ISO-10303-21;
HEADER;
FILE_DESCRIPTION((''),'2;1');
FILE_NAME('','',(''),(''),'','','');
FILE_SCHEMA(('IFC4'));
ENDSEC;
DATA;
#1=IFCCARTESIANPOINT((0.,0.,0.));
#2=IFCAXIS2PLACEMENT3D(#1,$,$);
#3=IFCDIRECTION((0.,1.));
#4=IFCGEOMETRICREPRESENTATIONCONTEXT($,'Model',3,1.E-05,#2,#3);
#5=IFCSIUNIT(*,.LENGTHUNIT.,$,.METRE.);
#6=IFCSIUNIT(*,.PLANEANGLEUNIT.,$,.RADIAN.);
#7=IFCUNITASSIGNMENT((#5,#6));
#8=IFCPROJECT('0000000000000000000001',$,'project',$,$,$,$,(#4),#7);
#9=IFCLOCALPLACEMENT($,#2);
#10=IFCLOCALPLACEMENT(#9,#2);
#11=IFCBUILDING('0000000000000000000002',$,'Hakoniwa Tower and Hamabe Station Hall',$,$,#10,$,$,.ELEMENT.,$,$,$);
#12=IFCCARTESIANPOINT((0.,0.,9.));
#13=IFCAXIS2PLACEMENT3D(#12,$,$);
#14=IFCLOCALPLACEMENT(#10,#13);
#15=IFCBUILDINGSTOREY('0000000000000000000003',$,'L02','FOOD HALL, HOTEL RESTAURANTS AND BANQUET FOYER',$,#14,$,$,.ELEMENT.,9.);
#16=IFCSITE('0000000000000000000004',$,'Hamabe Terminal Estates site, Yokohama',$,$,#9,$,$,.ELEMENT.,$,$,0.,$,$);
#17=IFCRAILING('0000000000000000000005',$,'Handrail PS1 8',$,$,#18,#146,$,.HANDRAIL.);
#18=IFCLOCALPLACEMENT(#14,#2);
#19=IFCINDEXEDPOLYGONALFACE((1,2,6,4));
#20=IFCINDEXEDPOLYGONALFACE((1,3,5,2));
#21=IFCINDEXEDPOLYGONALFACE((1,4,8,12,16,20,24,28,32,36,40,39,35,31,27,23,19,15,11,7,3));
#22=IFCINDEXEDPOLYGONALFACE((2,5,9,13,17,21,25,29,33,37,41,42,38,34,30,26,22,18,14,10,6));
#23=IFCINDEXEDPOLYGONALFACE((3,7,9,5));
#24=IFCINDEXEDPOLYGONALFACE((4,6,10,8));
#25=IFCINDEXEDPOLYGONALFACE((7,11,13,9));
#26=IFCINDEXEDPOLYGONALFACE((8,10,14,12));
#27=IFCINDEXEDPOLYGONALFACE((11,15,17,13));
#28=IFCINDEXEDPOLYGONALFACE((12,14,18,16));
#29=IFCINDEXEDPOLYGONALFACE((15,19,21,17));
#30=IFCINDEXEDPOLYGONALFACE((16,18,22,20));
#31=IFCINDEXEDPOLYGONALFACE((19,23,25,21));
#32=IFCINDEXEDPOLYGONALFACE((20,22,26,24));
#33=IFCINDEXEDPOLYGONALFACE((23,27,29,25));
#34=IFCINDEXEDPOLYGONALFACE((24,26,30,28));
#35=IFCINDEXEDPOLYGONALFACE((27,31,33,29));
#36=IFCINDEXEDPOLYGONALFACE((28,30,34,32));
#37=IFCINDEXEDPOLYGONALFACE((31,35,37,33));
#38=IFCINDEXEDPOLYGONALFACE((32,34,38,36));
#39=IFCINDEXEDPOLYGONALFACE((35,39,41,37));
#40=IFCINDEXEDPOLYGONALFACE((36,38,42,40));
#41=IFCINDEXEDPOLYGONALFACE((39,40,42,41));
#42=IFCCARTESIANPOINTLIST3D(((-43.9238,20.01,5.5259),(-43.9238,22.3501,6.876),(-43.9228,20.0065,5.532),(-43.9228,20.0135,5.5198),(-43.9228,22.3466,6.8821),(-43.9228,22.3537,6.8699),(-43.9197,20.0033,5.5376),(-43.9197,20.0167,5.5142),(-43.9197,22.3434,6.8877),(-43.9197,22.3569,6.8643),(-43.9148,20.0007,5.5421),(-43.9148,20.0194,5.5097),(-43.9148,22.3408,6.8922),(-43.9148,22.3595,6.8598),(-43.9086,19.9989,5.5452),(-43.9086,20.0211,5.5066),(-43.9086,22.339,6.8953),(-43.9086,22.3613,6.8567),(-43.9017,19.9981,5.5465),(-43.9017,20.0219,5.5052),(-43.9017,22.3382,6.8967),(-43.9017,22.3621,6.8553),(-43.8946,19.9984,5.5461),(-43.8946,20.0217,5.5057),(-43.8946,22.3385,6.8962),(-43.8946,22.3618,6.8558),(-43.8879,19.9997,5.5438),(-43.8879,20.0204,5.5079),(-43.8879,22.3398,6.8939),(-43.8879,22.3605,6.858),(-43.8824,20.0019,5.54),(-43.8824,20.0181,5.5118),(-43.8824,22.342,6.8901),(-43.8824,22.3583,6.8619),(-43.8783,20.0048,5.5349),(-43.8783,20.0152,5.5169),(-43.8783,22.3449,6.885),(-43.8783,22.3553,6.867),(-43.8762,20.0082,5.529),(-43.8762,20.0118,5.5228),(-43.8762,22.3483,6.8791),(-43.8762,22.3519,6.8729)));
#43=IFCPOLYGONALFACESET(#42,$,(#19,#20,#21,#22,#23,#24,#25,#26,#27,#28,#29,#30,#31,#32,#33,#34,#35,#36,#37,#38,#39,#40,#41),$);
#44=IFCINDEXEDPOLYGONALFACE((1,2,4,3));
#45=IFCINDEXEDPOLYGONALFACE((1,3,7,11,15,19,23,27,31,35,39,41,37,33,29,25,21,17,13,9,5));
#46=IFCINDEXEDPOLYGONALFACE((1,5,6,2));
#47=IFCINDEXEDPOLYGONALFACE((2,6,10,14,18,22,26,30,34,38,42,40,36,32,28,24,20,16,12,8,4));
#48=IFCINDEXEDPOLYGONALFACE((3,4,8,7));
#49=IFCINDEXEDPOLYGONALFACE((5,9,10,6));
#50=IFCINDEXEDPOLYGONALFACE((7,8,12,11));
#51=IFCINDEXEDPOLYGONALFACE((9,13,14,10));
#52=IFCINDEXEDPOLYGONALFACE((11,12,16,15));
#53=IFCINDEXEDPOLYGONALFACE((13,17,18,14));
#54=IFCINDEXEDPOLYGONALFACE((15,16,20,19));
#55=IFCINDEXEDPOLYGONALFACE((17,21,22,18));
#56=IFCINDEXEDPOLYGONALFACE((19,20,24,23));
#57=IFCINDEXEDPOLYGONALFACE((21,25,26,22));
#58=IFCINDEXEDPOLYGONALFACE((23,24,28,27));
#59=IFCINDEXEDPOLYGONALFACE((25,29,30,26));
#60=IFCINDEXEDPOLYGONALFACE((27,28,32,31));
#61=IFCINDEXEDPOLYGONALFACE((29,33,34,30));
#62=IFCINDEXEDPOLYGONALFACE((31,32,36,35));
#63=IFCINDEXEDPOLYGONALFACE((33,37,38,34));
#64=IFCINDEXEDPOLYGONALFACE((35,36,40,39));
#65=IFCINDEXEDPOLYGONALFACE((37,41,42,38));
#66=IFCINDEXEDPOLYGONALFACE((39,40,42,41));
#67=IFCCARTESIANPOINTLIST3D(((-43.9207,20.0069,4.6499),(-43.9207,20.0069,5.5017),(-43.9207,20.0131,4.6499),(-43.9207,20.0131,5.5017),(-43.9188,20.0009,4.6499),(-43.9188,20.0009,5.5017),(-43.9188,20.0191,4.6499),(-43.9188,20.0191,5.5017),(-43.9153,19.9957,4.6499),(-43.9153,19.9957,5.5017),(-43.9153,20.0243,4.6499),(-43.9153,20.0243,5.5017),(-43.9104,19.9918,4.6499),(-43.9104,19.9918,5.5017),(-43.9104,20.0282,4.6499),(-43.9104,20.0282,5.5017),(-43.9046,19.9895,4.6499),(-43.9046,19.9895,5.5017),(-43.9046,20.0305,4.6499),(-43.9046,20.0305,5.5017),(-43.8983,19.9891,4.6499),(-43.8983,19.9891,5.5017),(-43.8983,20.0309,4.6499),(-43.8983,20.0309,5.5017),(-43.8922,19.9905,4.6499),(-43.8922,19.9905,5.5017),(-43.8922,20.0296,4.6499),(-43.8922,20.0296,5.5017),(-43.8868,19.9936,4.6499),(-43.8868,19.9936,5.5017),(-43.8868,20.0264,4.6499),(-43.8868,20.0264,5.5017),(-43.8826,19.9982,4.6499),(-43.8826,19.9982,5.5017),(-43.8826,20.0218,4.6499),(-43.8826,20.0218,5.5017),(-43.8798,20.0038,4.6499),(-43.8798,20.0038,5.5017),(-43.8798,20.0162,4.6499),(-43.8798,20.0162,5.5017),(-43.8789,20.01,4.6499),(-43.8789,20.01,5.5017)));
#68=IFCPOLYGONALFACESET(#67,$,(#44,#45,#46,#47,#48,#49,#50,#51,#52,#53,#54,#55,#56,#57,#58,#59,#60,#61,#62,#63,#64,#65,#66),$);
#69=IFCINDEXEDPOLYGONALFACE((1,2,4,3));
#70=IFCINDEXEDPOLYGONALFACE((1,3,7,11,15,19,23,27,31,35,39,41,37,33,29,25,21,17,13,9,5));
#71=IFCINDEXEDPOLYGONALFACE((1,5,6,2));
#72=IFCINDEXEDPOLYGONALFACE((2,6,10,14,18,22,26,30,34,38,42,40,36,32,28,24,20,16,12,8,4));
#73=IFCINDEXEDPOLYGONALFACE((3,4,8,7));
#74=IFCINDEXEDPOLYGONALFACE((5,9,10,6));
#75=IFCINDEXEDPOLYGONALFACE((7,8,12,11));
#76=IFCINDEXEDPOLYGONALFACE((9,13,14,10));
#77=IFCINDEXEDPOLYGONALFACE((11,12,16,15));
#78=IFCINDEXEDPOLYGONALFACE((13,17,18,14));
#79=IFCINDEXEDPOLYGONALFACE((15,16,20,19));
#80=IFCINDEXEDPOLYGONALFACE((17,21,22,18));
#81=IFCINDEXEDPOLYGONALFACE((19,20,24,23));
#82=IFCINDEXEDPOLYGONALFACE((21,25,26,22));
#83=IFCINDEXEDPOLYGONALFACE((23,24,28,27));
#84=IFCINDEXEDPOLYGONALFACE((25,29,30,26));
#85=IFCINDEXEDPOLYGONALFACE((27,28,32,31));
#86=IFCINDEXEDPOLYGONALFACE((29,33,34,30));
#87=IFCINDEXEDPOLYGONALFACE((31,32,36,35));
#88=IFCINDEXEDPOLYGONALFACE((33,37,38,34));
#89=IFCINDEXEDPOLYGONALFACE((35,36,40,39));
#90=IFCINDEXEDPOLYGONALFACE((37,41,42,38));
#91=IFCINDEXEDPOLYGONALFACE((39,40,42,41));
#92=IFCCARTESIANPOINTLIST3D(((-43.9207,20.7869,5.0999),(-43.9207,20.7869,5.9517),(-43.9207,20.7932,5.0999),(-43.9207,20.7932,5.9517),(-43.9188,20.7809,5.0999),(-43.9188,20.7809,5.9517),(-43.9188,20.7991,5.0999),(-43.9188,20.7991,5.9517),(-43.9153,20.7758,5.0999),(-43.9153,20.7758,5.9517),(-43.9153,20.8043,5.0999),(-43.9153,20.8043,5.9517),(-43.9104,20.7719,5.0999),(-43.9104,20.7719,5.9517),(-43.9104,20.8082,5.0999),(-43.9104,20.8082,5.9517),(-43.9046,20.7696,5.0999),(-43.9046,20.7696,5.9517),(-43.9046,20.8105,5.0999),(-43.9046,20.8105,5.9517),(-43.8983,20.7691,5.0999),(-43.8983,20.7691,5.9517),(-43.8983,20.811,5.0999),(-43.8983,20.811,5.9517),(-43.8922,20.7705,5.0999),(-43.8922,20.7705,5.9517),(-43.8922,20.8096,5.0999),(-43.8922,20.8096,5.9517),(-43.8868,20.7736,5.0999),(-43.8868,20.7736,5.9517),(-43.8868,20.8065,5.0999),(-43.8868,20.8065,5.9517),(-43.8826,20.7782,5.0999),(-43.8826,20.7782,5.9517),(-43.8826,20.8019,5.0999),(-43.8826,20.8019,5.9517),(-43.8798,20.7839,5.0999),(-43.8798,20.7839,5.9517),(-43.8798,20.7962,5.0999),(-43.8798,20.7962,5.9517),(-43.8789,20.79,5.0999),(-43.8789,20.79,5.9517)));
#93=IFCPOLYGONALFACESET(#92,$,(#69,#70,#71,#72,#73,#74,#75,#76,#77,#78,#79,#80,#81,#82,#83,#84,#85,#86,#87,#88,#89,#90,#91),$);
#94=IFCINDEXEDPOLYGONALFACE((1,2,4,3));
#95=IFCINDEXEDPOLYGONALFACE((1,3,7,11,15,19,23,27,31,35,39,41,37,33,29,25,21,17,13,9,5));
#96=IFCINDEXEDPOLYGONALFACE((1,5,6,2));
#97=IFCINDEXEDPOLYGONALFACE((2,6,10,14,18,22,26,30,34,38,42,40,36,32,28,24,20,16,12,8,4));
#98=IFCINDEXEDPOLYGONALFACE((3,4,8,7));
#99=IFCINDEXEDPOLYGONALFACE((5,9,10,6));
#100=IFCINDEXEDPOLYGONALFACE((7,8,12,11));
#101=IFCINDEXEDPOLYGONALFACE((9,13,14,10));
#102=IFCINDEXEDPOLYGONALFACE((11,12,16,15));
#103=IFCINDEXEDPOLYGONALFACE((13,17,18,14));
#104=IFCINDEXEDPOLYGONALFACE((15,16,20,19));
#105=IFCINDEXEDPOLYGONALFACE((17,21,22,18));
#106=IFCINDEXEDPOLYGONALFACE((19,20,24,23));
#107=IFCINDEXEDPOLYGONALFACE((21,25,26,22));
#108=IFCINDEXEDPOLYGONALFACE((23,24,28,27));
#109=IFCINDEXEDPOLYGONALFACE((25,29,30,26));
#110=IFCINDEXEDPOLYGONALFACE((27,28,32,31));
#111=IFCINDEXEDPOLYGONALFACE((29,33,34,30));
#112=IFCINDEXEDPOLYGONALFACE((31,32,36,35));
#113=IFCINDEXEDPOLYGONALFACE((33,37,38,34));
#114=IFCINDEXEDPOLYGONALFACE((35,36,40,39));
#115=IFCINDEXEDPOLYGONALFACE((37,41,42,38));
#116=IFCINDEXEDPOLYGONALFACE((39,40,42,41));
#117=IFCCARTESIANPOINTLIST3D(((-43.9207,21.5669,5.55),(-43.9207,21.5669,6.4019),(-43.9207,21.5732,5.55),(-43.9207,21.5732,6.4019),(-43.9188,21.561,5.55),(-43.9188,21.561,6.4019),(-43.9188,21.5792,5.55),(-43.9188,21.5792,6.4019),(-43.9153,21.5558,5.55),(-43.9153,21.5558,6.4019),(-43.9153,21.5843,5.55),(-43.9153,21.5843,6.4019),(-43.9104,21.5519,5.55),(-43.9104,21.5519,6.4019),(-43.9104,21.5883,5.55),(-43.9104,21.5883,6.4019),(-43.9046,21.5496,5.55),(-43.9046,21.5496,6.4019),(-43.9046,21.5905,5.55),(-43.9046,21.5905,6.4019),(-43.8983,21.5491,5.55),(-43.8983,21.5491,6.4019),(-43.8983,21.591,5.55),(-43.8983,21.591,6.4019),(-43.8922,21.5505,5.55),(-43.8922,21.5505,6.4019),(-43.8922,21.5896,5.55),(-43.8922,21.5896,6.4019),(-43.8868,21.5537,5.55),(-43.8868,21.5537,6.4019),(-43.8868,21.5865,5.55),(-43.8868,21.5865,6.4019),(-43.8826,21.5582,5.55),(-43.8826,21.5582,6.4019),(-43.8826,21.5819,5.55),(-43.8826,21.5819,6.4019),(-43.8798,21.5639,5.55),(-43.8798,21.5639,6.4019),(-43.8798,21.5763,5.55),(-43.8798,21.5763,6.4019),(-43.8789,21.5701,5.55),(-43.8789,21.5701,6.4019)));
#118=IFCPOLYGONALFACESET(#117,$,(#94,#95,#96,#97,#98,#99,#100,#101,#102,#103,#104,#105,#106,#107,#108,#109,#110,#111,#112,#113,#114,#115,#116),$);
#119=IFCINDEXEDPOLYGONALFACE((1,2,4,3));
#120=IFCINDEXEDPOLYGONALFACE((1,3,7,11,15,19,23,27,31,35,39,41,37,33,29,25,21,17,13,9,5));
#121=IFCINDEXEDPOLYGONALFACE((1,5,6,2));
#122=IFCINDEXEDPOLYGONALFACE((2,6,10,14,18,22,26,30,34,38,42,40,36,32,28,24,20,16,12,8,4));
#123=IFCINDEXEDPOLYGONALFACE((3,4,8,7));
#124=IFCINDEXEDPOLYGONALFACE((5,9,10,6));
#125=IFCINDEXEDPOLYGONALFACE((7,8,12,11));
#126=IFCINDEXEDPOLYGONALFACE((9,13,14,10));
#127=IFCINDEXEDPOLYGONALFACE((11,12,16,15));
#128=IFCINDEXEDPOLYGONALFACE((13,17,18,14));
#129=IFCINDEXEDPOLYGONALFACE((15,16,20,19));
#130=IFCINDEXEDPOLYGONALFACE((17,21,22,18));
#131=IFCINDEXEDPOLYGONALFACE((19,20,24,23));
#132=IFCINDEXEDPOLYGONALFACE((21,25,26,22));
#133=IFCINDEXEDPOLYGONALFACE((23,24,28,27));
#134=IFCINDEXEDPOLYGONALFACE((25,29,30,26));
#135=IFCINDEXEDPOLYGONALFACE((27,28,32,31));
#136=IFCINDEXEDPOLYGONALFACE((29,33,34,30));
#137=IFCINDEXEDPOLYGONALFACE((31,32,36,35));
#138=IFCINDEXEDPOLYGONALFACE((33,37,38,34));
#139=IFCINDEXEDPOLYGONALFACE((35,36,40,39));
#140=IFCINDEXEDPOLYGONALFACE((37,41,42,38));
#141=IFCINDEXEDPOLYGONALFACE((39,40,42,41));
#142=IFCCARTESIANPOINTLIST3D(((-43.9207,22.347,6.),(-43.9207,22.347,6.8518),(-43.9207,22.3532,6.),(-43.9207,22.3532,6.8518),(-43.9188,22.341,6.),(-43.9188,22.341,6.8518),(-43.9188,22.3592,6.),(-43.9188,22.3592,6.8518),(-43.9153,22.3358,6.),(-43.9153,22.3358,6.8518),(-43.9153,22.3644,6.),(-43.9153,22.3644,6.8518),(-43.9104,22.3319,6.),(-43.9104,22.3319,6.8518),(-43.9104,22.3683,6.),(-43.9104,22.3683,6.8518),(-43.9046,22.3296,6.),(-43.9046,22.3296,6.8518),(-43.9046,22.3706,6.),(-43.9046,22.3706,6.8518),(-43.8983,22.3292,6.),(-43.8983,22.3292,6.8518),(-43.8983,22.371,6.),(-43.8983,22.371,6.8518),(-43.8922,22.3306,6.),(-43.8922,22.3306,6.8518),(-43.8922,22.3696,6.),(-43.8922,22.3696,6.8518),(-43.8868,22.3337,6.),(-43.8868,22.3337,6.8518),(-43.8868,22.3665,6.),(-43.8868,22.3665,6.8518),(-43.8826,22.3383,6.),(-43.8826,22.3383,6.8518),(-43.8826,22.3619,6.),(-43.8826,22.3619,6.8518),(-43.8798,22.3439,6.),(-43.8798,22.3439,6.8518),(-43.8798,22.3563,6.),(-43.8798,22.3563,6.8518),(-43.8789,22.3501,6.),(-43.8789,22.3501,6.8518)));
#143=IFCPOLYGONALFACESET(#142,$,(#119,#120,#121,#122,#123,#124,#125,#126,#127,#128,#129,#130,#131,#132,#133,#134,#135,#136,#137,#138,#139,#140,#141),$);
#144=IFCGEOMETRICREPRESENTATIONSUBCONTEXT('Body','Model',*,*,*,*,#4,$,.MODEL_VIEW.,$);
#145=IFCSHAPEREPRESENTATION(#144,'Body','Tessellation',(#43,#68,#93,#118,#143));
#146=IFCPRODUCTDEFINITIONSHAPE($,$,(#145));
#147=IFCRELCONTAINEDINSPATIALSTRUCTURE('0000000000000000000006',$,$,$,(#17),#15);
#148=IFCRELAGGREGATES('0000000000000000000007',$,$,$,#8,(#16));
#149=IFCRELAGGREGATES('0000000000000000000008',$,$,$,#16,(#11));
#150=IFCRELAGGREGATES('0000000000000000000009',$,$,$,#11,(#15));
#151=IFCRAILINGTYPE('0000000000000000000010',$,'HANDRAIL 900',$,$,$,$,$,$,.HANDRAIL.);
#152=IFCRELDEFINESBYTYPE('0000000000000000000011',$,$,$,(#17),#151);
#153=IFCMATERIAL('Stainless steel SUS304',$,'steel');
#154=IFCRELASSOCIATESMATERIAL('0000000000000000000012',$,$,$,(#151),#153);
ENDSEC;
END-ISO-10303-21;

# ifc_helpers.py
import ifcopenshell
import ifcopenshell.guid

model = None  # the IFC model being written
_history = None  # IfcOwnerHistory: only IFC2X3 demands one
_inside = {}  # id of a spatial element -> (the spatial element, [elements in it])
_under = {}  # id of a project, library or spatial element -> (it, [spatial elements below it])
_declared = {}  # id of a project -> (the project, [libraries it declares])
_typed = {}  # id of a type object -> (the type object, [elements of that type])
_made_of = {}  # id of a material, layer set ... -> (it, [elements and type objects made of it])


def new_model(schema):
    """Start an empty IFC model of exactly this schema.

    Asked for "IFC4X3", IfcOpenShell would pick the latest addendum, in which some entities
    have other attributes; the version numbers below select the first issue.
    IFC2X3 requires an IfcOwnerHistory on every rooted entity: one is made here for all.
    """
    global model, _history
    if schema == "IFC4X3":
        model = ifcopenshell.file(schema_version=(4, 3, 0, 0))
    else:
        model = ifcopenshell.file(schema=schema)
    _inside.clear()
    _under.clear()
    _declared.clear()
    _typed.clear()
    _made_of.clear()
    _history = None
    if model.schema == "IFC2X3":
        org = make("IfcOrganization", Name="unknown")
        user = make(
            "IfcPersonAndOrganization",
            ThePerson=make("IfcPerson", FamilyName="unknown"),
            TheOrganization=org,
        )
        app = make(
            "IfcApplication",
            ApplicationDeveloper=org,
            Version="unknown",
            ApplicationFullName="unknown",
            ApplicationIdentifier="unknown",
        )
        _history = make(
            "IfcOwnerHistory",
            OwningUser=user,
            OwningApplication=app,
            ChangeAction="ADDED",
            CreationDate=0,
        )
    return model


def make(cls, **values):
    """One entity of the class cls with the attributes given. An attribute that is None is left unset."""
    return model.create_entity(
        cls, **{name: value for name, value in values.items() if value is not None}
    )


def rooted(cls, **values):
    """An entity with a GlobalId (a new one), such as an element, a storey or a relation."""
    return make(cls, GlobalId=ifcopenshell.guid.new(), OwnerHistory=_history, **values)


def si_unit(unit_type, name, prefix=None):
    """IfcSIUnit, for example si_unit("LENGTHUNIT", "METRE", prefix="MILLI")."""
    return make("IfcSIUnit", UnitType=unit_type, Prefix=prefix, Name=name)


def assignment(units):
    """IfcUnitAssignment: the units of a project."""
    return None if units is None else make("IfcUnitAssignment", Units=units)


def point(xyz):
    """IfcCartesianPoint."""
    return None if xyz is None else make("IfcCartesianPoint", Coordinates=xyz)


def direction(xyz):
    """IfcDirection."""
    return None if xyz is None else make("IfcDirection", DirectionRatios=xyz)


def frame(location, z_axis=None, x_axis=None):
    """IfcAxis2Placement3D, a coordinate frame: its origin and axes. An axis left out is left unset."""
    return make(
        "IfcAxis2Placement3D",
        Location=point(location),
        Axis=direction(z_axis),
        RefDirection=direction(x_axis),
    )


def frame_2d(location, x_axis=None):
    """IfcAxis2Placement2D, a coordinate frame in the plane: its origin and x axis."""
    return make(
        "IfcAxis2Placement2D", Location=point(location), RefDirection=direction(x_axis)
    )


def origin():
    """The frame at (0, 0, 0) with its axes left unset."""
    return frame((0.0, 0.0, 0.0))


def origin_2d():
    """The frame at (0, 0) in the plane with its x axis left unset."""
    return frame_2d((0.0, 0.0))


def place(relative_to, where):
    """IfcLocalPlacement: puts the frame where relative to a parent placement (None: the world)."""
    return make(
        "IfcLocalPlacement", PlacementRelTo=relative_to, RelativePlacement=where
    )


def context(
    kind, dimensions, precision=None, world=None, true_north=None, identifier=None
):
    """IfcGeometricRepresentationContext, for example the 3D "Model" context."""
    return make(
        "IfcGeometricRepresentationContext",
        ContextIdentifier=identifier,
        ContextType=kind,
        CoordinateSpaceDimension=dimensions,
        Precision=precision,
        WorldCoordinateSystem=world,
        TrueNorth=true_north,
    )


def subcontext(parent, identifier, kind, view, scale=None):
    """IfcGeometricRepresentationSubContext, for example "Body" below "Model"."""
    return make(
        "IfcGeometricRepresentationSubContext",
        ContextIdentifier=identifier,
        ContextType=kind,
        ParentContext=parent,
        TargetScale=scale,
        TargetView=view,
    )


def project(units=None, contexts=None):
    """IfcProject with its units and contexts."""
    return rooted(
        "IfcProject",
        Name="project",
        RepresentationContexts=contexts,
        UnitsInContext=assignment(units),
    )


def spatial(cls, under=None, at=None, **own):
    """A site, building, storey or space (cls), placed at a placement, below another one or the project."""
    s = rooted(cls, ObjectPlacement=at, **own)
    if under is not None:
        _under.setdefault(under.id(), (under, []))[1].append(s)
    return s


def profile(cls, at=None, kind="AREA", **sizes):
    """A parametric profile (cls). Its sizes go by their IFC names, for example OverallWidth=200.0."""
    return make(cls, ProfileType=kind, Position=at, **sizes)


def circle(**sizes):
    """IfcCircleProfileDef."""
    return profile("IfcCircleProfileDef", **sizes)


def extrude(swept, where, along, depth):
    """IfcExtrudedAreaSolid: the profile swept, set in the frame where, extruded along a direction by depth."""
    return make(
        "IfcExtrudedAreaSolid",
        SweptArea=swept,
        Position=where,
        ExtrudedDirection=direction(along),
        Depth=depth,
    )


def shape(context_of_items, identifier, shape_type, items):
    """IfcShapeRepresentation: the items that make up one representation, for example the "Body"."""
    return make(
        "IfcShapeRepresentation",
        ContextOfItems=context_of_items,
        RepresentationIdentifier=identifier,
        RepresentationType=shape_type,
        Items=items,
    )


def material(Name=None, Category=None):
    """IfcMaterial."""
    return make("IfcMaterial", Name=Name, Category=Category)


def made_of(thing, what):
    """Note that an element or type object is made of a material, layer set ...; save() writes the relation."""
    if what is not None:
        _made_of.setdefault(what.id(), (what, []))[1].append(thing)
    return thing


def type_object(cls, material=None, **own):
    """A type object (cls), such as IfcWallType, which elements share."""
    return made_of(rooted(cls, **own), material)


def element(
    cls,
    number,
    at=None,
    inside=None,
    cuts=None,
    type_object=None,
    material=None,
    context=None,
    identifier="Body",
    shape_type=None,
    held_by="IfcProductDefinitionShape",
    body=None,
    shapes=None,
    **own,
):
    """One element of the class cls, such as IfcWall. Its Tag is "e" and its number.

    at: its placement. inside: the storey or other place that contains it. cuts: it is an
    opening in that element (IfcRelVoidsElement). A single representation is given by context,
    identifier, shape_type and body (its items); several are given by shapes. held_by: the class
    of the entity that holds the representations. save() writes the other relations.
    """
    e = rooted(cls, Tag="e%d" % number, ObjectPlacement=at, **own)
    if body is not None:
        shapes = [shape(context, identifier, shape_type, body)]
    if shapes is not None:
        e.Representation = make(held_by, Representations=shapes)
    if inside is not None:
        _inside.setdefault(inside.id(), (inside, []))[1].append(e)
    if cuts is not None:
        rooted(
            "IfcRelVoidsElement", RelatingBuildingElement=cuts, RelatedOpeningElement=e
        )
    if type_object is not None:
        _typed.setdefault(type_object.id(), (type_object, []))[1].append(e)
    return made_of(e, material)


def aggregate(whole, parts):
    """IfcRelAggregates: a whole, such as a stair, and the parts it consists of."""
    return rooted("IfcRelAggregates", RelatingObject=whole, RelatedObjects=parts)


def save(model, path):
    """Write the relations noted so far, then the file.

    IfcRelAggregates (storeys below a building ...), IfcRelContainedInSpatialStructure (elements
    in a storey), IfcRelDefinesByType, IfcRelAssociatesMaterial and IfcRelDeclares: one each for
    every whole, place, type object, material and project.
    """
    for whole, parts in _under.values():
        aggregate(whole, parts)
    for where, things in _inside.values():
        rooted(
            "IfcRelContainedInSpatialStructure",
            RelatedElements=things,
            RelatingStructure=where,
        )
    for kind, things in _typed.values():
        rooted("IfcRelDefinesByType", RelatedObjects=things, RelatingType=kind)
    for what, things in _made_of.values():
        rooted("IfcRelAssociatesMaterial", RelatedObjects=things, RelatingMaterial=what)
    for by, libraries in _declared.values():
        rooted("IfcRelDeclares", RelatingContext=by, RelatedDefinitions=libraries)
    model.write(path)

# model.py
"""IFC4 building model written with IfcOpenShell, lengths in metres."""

from ifc_helpers import new_model, si_unit, direction, frame, origin, origin_2d, place, context, subcontext, project, spatial, circle, extrude, material, type_object, element, save


model = new_model("IFC4")

# Units and contexts
model_context = context("Model", 3, precision=1e-05, world=origin(), true_north=direction((0.0, 1.0)))
body_context = subcontext(model_context, "Body", "Model", "MODEL_VIEW")
ifc_project = project(units=[si_unit("LENGTHUNIT", "METRE"), si_unit("PLANEANGLEUNIT", "RADIAN")], contexts=[model_context])

# Site, building, storey
site_placement = place(None, origin())
site = spatial("IfcSite", under=ifc_project, at=site_placement, Name="Hamabe Terminal Estates site, Yokohama", CompositionType="ELEMENT", RefElevation=0.0)
building_placement = place(site_placement, origin())
building = spatial("IfcBuilding", under=site, at=building_placement, Name="Hakoniwa Tower and Hamabe Station Hall", CompositionType="ELEMENT")
storey_placement = place(building_placement, frame((0.0, 0.0, 9.0)))
storey = spatial("IfcBuildingStorey", under=building, at=storey_placement, Name="L02", Description="FOOD HALL, HOTEL RESTAURANTS AND BANQUET FOYER", CompositionType="ELEMENT", Elevation=9.0)

# Railing
ifc_material_1 = material(Name="Stainless steel SUS304", Category="steel")
railing_type_1 = type_object("IfcRailingType", Name="HANDRAIL 900", PredefinedType="HANDRAIL", material=ifc_material_1)
for number, where, name in (
    (1, (-43.8999, 20.01, 4.6499), "Handrail PS1 8"),
):
    element("IfcRailing", number, at=place(storey_placement, frame(where)), inside=storey, type_object=railing_type_1, Name=name, PredefinedType="HANDRAIL", context=body_context, shape_type="SweptSolid", body=[
        extrude(circle(Radius=0.0239, at=origin_2d()), frame((0.0, 0.0, 0.876), z_axis=(0.0, 0.866178, 0.499735), x_axis=(-1.0, 0.0, 0.0)), (0.0, 0.0, 1.0), 2.7017),
        extrude(circle(Radius=0.021, at=origin_2d()), origin(), (0.0, 0.0, 1.0), 0.8518),
        extrude(circle(Radius=0.021, at=origin_2d()), frame((0.0, 0.78, 0.45)), (0.0, 0.0, 1.0), 0.8518),
        extrude(circle(Radius=0.021, at=origin_2d()), frame((0.0, 1.5601, 0.9001)), (0.0, 0.0, 1.0), 0.8518),
        extrude(circle(Radius=0.021, at=origin_2d()), frame((0.0, 2.3401, 1.3501)), (0.0, 0.0, 1.0), 0.8518),
    ])

save(model, "model.ifc")
